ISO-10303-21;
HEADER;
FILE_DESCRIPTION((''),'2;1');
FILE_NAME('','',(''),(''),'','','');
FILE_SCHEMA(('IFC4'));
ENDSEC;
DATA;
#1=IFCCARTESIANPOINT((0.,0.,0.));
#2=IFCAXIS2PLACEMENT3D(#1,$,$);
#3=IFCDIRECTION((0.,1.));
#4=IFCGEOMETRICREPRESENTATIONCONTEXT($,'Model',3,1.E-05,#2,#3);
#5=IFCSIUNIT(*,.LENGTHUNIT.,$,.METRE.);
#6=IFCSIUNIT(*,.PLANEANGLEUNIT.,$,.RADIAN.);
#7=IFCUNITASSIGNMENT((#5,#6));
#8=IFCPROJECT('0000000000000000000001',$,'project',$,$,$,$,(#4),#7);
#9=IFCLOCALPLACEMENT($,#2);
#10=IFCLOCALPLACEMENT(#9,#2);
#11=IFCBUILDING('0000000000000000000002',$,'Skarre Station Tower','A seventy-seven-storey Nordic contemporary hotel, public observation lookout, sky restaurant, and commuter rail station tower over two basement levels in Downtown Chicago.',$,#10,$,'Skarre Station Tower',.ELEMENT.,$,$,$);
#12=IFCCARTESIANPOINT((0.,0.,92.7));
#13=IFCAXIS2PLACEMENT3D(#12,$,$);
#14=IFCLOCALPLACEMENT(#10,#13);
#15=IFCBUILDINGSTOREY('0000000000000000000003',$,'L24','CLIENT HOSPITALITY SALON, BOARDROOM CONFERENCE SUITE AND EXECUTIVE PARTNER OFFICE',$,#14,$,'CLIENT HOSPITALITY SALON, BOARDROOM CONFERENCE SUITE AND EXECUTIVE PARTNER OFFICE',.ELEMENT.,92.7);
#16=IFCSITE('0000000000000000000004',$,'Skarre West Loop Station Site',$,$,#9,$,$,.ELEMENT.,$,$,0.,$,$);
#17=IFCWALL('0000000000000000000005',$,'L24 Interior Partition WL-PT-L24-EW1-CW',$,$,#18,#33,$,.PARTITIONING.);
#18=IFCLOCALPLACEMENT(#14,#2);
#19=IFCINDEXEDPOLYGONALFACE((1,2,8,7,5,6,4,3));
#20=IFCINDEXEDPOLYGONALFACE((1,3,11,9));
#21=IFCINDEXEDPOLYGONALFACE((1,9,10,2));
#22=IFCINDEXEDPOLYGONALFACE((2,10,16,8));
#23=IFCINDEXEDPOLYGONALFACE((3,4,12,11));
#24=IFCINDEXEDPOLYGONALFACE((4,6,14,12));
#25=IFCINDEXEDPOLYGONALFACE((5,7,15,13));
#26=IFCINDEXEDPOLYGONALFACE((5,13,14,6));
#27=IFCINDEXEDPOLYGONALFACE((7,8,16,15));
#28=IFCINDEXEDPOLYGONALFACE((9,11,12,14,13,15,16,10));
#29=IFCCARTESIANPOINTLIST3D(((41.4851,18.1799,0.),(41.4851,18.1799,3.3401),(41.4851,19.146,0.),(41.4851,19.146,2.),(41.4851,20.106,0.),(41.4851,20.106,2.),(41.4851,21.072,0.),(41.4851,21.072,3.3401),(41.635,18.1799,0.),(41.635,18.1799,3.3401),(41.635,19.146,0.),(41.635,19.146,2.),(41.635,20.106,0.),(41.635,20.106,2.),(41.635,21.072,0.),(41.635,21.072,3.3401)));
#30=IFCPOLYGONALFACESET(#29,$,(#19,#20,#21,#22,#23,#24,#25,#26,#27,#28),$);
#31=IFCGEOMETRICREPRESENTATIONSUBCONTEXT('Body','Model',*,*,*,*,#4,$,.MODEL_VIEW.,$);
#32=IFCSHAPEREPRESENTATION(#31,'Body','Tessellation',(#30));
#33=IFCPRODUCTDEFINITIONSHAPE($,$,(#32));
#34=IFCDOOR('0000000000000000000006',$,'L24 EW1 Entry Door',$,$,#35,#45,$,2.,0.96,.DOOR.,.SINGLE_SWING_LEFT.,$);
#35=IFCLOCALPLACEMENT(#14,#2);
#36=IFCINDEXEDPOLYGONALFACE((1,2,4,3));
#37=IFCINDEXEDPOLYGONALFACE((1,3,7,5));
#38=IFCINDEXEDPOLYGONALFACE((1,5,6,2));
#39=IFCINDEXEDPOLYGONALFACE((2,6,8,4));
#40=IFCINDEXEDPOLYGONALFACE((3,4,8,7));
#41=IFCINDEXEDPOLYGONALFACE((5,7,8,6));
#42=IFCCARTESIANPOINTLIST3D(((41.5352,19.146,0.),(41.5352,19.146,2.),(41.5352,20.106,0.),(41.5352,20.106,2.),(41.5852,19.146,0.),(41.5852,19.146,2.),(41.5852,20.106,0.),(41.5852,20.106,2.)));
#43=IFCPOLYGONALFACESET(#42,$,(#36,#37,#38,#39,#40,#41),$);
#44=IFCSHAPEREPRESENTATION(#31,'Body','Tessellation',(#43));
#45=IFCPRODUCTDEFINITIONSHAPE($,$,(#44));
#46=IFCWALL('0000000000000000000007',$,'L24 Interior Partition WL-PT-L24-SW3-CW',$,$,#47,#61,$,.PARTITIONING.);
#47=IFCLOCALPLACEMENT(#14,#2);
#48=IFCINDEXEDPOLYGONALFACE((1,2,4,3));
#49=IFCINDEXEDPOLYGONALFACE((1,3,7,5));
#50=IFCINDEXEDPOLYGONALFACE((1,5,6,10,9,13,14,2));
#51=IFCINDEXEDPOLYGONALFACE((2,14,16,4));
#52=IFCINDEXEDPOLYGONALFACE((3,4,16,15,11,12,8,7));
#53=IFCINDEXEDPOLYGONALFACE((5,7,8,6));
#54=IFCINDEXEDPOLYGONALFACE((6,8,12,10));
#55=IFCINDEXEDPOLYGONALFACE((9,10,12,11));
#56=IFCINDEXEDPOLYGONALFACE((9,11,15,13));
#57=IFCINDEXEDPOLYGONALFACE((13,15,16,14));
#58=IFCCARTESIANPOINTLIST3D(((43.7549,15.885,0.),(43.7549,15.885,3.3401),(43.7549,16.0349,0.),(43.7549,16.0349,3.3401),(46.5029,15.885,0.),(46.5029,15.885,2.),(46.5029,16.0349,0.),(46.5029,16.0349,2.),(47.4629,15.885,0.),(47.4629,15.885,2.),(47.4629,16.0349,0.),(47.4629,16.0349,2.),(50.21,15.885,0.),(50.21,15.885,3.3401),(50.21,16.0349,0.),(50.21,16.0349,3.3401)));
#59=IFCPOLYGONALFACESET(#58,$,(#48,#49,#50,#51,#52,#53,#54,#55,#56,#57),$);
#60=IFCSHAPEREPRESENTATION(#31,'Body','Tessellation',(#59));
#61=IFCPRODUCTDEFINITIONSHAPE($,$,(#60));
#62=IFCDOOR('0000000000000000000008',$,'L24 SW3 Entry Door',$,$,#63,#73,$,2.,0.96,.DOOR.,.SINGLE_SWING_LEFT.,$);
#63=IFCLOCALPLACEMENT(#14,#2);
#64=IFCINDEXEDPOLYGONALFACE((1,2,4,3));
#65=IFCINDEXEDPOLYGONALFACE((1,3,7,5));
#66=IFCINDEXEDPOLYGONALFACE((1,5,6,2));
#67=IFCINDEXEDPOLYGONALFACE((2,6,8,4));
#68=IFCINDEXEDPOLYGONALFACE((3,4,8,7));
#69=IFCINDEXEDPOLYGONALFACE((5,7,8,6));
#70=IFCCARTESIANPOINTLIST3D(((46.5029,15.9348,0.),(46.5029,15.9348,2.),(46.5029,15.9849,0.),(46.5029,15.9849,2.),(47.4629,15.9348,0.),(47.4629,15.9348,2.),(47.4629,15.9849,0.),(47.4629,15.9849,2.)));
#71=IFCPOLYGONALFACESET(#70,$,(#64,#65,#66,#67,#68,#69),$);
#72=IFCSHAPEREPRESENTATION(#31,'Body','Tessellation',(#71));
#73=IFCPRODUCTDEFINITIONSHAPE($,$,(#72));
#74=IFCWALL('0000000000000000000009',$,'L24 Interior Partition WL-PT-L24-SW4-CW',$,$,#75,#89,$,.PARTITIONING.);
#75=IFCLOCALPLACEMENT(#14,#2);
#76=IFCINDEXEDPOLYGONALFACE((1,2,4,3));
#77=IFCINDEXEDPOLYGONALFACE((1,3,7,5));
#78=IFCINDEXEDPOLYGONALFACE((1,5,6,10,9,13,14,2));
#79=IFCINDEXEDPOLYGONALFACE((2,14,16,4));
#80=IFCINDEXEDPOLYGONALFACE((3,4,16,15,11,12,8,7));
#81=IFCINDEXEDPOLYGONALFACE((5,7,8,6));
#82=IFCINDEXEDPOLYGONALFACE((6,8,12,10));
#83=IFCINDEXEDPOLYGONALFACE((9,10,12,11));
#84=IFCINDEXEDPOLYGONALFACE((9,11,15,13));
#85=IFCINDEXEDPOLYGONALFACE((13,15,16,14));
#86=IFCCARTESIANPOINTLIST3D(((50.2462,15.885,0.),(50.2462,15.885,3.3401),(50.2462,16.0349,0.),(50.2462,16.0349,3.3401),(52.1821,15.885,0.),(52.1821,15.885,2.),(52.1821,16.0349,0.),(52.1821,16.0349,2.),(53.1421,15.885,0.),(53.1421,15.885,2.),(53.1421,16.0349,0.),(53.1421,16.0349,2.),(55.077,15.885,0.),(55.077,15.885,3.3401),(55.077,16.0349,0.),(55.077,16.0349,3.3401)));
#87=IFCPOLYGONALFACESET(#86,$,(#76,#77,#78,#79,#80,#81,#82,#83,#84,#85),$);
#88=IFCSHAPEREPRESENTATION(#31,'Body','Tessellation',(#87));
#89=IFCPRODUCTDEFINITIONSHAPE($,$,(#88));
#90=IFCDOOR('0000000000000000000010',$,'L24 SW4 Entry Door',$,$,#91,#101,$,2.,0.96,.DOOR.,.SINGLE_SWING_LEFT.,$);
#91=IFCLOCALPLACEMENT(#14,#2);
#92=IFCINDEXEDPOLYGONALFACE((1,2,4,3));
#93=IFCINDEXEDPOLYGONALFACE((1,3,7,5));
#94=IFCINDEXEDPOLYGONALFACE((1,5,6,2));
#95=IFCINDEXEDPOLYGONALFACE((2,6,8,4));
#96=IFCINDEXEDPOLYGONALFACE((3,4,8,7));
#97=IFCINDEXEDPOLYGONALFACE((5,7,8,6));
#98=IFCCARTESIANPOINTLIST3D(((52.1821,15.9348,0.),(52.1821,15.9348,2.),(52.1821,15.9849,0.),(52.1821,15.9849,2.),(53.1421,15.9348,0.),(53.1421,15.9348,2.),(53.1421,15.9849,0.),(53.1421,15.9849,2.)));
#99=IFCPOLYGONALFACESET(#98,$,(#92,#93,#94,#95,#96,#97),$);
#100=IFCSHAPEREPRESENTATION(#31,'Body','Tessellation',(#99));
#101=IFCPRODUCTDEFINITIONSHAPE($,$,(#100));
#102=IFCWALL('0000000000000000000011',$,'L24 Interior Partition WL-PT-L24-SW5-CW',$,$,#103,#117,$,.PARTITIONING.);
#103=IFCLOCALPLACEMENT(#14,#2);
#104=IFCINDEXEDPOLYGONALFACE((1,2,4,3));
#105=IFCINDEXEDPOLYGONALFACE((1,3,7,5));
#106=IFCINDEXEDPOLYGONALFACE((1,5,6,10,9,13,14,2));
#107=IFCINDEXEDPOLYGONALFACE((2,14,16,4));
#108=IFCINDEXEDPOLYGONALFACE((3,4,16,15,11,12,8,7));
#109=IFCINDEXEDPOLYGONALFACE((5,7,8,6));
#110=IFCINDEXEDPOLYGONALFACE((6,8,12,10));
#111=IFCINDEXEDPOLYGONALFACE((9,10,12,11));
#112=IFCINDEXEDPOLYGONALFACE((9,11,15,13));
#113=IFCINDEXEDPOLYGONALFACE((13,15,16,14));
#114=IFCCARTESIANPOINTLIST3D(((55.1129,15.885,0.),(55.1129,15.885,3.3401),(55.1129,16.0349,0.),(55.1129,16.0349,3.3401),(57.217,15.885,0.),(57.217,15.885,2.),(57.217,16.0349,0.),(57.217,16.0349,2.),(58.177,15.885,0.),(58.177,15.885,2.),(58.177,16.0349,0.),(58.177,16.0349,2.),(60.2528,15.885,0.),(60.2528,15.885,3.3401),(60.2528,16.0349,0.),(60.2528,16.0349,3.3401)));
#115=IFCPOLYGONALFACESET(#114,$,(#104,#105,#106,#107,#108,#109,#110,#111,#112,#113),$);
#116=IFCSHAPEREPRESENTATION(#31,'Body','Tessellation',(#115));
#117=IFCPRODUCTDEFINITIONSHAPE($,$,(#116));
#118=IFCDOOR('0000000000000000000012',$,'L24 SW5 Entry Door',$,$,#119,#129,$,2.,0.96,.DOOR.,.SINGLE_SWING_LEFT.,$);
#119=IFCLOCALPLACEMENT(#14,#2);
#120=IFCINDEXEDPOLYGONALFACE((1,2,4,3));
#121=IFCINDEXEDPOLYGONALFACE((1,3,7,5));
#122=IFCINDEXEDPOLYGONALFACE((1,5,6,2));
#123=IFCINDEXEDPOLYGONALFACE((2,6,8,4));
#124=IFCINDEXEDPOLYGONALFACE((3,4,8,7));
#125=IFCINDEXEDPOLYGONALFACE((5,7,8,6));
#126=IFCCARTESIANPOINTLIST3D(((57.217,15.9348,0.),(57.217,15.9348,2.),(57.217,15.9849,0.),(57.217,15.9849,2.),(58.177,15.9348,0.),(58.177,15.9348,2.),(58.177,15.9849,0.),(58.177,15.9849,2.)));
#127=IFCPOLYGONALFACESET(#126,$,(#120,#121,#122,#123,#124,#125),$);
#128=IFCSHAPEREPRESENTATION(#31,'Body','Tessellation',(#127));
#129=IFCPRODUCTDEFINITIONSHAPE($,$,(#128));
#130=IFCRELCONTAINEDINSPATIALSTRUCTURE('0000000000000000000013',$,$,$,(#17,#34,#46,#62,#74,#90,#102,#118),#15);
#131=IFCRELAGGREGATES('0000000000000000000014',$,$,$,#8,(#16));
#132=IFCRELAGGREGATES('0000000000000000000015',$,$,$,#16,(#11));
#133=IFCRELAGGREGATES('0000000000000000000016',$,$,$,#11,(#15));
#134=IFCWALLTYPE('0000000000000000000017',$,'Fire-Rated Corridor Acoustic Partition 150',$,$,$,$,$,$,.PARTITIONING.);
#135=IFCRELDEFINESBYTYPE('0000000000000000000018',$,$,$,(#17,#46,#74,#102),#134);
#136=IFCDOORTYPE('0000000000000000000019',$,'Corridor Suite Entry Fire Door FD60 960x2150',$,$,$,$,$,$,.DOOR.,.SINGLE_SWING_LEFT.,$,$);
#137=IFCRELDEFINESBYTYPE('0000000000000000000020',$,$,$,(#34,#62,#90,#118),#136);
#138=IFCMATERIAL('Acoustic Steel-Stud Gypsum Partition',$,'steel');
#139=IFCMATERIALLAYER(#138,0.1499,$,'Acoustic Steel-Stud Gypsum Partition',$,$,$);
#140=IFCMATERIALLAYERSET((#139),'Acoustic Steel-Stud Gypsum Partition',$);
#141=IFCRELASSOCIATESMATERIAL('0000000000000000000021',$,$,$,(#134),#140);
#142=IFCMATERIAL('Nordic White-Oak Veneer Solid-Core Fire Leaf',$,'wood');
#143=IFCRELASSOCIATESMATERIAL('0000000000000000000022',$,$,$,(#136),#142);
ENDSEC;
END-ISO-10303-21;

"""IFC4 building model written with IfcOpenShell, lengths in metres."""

from ifc_helpers import new_model, si_unit, direction, frame, frame_2d, origin, place, context, subcontext, project, spatial, rectangle, extrude, material, layer, layer_set, type_object, element, fill, save


model = new_model("IFC4")

# Units and contexts
model_context = context("Model", 3, precision=1e-05, world=origin(), true_north=direction((0.0, 1.0)))
body_context = subcontext(model_context, "Body", "Model", "MODEL_VIEW")
ifc_project = project(units=[si_unit("LENGTHUNIT", "METRE"), si_unit("PLANEANGLEUNIT", "RADIAN")], contexts=[model_context])

# Site, building, storey
site_placement = place(None, origin())
site = spatial("IfcSite", under=ifc_project, at=site_placement, Name="Skarre West Loop Station Site", CompositionType="ELEMENT", RefElevation=0.0)
building_placement = place(site_placement, origin())
building = spatial("IfcBuilding", under=site, at=building_placement, Name="Skarre Station Tower", Description="A seventy-seven-storey Nordic contemporary hotel, public observation lookout, sky restaurant, and commuter rail station tower over two basement levels in Downtown Chicago.", LongName="Skarre Station Tower", CompositionType="ELEMENT")
storey_placement = place(building_placement, frame((0.0, 0.0, 92.7)))
storey = spatial("IfcBuildingStorey", under=building, at=storey_placement, Name="L24", Description="CLIENT HOSPITALITY SALON, BOARDROOM CONFERENCE SUITE AND EXECUTIVE PARTNER OFFICE", LongName="CLIENT HOSPITALITY SALON, BOARDROOM CONFERENCE SUITE AND EXECUTIVE PARTNER OFFICE", CompositionType="ELEMENT", Elevation=92.7)

# Shared definitions
ifc_material_1 = material(Name="Acoustic Steel-Stud Gypsum Partition", Category="steel")
ifc_layer_1 = layer(ifc_material_1, 0.1499, Name="Acoustic Steel-Stud Gypsum Partition")
ifc_layer_set_1 = layer_set([ifc_layer_1], Name="Acoustic Steel-Stud Gypsum Partition")
wall_type_1 = type_object("IfcWallType", Name="Fire-Rated Corridor Acoustic Partition 150", PredefinedType="PARTITIONING", material=ifc_layer_set_1)

# Walls, openings, doors
wall_1_placement = place(storey_placement, frame((41.5601, 18.1799, 0.0), z_axis=(0.0, 0.0, 1.0), x_axis=(0.0, 1.0, 0.0)))
wall_1 = element("IfcWall", 1, at=wall_1_placement, inside=storey, type_object=wall_type_1, Name="L24 Interior Partition WL-PT-L24-EW1-CW", PredefinedType="PARTITIONING", context=body_context, shape_type="SweptSolid", body=[
    extrude(rectangle(XDim=2.8921, YDim=0.1499, at=frame_2d((1.446, 0.0))), origin(), (0.0, 0.0, 1.0), 3.3401),
])
opening_1_placement = place(wall_1_placement, frame((0.9661, 0.0, 0.0)))
opening_1 = element("IfcOpeningElement", 2, at=opening_1_placement, cuts=wall_1, PredefinedType="OPENING", context=body_context, shape_type="SweptSolid", body=[
    extrude(rectangle(XDim=0.96, YDim=2.0, at=frame_2d((0.48, 1.0))), frame((0.0, 0.085, 0.0), z_axis=(0.0, -1.0, 0.0), x_axis=(1.0, 0.0, 0.0)), (0.0, 0.0, 1.0), 0.1699),
])
ifc_material_2 = material(Name="Nordic White-Oak Veneer Solid-Core Fire Leaf", Category="wood")
door_type = type_object("IfcDoorType", Name="Corridor Suite Entry Fire Door FD60 960x2150", OperationType="SINGLE_SWING_LEFT", PredefinedType="DOOR", material=ifc_material_2)
door_1_placement = place(opening_1_placement, origin())
door_1 = element("IfcDoor", 3, at=door_1_placement, inside=storey, type_object=door_type, Name="L24 EW1 Entry Door", OperationType="SINGLE_SWING_LEFT", OverallHeight=2.0, OverallWidth=0.96, PredefinedType="DOOR", context=body_context, shape_type="SweptSolid", body=[
    extrude(rectangle(XDim=0.96, YDim=2.0, at=frame_2d((0.48, 1.0))), frame((0.0, 0.0249, 0.0), z_axis=(0.0, -1.0, 0.0), x_axis=(1.0, 0.0, 0.0)), (0.0, 0.0, 1.0), 0.05),
])
fill(opening_1, door_1)
wall_2_placement = place(storey_placement, frame((43.7549, 15.96, 0.0), z_axis=(0.0, 0.0, 1.0), x_axis=(1.0, 0.0, 0.0)))
wall_2 = element("IfcWall", 4, at=wall_2_placement, inside=storey, type_object=wall_type_1, Name="L24 Interior Partition WL-PT-L24-SW3-CW", PredefinedType="PARTITIONING", context=body_context, shape_type="SweptSolid", body=[
    extrude(rectangle(XDim=6.4551, YDim=0.1499, at=frame_2d((3.2275, 0.0))), origin(), (0.0, 0.0, 1.0), 3.3401),
])
opening_2_placement = place(wall_2_placement, frame((2.748, 0.0, 0.0)))
opening_2 = element("IfcOpeningElement", 5, at=opening_2_placement, cuts=wall_2, PredefinedType="OPENING", context=body_context, shape_type="SweptSolid", body=[
    extrude(rectangle(XDim=0.96, YDim=2.0, at=frame_2d((0.48, 1.0))), frame((0.0, 0.085, 0.0), z_axis=(0.0, -1.0, 0.0), x_axis=(1.0, 0.0, 0.0)), (0.0, 0.0, 1.0), 0.1699),
])
door_2_placement = place(opening_2_placement, origin())
door_2 = element("IfcDoor", 6, at=door_2_placement, inside=storey, type_object=door_type, Name="L24 SW3 Entry Door", OperationType="SINGLE_SWING_LEFT", OverallHeight=2.0, OverallWidth=0.96, PredefinedType="DOOR", context=body_context, shape_type="SweptSolid", body=[
    extrude(rectangle(XDim=0.96, YDim=2.0, at=frame_2d((0.48, 1.0))), frame((0.0, 0.0249, 0.0), z_axis=(0.0, -1.0, 0.0), x_axis=(1.0, 0.0, 0.0)), (0.0, 0.0, 1.0), 0.05),
])
fill(opening_2, door_2)
wall_3_placement = place(storey_placement, frame((50.2461, 15.96, 0.0), z_axis=(0.0, 0.0, 1.0), x_axis=(1.0, 0.0, 0.0)))
wall_3 = element("IfcWall", 7, at=wall_3_placement, inside=storey, type_object=wall_type_1, Name="L24 Interior Partition WL-PT-L24-SW4-CW", PredefinedType="PARTITIONING", context=body_context, shape_type="SweptSolid", body=[
    extrude(rectangle(XDim=4.8308, YDim=0.1499, at=frame_2d((2.4155, 0.0))), origin(), (0.0, 0.0, 1.0), 3.3401),
])
opening_3_placement = place(wall_3_placement, frame((1.936, 0.0, 0.0)))
opening_3 = element("IfcOpeningElement", 8, at=opening_3_placement, cuts=wall_3, PredefinedType="OPENING", context=body_context, shape_type="SweptSolid", body=[
    extrude(rectangle(XDim=0.96, YDim=2.0, at=frame_2d((0.48, 1.0))), frame((0.0, 0.085, 0.0), z_axis=(0.0, -1.0, 0.0), x_axis=(1.0, 0.0, 0.0)), (0.0, 0.0, 1.0), 0.1699),
])
door_3_placement = place(opening_3_placement, origin())
door_3 = element("IfcDoor", 9, at=door_3_placement, inside=storey, type_object=door_type, Name="L24 SW4 Entry Door", OperationType="SINGLE_SWING_LEFT", OverallHeight=2.0, OverallWidth=0.96, PredefinedType="DOOR", context=body_context, shape_type="SweptSolid", body=[
    extrude(rectangle(XDim=0.96, YDim=2.0, at=frame_2d((0.48, 1.0))), frame((0.0, 0.0249, 0.0), z_axis=(0.0, -1.0, 0.0), x_axis=(1.0, 0.0, 0.0)), (0.0, 0.0, 1.0), 0.05),
])
fill(opening_3, door_3)
wall_4_placement = place(storey_placement, frame((55.113, 15.96, 0.0), z_axis=(0.0, 0.0, 1.0), x_axis=(1.0, 0.0, 0.0)))
wall_4 = element("IfcWall", 10, at=wall_4_placement, inside=storey, type_object=wall_type_1, Name="L24 Interior Partition WL-PT-L24-SW5-CW", PredefinedType="PARTITIONING", context=body_context, shape_type="SweptSolid", body=[
    extrude(rectangle(XDim=5.1399, YDim=0.1499, at=frame_2d((2.5698, 0.0))), origin(), (0.0, 0.0, 1.0), 3.3401),
])
opening_4_placement = place(wall_4_placement, frame((2.104, 0.0, 0.0)))
opening_4 = element("IfcOpeningElement", 11, at=opening_4_placement, cuts=wall_4, PredefinedType="OPENING", context=body_context, shape_type="SweptSolid", body=[
    extrude(rectangle(XDim=0.96, YDim=2.0, at=frame_2d((0.48, 1.0))), frame((0.0, 0.085, 0.0), z_axis=(0.0, -1.0, 0.0), x_axis=(1.0, 0.0, 0.0)), (0.0, 0.0, 1.0), 0.1699),
])
door_4_placement = place(opening_4_placement, origin())
door_4 = element("IfcDoor", 12, at=door_4_placement, inside=storey, type_object=door_type, Name="L24 SW5 Entry Door", OperationType="SINGLE_SWING_LEFT", OverallHeight=2.0, OverallWidth=0.96, PredefinedType="DOOR", context=body_context, shape_type="SweptSolid", body=[
    extrude(rectangle(XDim=0.96, YDim=2.0, at=frame_2d((0.48, 1.0))), frame((0.0, 0.0249, 0.0), z_axis=(0.0, -1.0, 0.0), x_axis=(1.0, 0.0, 0.0)), (0.0, 0.0, 1.0), 0.05),
])
fill(opening_4, door_4)

save(model, "model.ifc")
